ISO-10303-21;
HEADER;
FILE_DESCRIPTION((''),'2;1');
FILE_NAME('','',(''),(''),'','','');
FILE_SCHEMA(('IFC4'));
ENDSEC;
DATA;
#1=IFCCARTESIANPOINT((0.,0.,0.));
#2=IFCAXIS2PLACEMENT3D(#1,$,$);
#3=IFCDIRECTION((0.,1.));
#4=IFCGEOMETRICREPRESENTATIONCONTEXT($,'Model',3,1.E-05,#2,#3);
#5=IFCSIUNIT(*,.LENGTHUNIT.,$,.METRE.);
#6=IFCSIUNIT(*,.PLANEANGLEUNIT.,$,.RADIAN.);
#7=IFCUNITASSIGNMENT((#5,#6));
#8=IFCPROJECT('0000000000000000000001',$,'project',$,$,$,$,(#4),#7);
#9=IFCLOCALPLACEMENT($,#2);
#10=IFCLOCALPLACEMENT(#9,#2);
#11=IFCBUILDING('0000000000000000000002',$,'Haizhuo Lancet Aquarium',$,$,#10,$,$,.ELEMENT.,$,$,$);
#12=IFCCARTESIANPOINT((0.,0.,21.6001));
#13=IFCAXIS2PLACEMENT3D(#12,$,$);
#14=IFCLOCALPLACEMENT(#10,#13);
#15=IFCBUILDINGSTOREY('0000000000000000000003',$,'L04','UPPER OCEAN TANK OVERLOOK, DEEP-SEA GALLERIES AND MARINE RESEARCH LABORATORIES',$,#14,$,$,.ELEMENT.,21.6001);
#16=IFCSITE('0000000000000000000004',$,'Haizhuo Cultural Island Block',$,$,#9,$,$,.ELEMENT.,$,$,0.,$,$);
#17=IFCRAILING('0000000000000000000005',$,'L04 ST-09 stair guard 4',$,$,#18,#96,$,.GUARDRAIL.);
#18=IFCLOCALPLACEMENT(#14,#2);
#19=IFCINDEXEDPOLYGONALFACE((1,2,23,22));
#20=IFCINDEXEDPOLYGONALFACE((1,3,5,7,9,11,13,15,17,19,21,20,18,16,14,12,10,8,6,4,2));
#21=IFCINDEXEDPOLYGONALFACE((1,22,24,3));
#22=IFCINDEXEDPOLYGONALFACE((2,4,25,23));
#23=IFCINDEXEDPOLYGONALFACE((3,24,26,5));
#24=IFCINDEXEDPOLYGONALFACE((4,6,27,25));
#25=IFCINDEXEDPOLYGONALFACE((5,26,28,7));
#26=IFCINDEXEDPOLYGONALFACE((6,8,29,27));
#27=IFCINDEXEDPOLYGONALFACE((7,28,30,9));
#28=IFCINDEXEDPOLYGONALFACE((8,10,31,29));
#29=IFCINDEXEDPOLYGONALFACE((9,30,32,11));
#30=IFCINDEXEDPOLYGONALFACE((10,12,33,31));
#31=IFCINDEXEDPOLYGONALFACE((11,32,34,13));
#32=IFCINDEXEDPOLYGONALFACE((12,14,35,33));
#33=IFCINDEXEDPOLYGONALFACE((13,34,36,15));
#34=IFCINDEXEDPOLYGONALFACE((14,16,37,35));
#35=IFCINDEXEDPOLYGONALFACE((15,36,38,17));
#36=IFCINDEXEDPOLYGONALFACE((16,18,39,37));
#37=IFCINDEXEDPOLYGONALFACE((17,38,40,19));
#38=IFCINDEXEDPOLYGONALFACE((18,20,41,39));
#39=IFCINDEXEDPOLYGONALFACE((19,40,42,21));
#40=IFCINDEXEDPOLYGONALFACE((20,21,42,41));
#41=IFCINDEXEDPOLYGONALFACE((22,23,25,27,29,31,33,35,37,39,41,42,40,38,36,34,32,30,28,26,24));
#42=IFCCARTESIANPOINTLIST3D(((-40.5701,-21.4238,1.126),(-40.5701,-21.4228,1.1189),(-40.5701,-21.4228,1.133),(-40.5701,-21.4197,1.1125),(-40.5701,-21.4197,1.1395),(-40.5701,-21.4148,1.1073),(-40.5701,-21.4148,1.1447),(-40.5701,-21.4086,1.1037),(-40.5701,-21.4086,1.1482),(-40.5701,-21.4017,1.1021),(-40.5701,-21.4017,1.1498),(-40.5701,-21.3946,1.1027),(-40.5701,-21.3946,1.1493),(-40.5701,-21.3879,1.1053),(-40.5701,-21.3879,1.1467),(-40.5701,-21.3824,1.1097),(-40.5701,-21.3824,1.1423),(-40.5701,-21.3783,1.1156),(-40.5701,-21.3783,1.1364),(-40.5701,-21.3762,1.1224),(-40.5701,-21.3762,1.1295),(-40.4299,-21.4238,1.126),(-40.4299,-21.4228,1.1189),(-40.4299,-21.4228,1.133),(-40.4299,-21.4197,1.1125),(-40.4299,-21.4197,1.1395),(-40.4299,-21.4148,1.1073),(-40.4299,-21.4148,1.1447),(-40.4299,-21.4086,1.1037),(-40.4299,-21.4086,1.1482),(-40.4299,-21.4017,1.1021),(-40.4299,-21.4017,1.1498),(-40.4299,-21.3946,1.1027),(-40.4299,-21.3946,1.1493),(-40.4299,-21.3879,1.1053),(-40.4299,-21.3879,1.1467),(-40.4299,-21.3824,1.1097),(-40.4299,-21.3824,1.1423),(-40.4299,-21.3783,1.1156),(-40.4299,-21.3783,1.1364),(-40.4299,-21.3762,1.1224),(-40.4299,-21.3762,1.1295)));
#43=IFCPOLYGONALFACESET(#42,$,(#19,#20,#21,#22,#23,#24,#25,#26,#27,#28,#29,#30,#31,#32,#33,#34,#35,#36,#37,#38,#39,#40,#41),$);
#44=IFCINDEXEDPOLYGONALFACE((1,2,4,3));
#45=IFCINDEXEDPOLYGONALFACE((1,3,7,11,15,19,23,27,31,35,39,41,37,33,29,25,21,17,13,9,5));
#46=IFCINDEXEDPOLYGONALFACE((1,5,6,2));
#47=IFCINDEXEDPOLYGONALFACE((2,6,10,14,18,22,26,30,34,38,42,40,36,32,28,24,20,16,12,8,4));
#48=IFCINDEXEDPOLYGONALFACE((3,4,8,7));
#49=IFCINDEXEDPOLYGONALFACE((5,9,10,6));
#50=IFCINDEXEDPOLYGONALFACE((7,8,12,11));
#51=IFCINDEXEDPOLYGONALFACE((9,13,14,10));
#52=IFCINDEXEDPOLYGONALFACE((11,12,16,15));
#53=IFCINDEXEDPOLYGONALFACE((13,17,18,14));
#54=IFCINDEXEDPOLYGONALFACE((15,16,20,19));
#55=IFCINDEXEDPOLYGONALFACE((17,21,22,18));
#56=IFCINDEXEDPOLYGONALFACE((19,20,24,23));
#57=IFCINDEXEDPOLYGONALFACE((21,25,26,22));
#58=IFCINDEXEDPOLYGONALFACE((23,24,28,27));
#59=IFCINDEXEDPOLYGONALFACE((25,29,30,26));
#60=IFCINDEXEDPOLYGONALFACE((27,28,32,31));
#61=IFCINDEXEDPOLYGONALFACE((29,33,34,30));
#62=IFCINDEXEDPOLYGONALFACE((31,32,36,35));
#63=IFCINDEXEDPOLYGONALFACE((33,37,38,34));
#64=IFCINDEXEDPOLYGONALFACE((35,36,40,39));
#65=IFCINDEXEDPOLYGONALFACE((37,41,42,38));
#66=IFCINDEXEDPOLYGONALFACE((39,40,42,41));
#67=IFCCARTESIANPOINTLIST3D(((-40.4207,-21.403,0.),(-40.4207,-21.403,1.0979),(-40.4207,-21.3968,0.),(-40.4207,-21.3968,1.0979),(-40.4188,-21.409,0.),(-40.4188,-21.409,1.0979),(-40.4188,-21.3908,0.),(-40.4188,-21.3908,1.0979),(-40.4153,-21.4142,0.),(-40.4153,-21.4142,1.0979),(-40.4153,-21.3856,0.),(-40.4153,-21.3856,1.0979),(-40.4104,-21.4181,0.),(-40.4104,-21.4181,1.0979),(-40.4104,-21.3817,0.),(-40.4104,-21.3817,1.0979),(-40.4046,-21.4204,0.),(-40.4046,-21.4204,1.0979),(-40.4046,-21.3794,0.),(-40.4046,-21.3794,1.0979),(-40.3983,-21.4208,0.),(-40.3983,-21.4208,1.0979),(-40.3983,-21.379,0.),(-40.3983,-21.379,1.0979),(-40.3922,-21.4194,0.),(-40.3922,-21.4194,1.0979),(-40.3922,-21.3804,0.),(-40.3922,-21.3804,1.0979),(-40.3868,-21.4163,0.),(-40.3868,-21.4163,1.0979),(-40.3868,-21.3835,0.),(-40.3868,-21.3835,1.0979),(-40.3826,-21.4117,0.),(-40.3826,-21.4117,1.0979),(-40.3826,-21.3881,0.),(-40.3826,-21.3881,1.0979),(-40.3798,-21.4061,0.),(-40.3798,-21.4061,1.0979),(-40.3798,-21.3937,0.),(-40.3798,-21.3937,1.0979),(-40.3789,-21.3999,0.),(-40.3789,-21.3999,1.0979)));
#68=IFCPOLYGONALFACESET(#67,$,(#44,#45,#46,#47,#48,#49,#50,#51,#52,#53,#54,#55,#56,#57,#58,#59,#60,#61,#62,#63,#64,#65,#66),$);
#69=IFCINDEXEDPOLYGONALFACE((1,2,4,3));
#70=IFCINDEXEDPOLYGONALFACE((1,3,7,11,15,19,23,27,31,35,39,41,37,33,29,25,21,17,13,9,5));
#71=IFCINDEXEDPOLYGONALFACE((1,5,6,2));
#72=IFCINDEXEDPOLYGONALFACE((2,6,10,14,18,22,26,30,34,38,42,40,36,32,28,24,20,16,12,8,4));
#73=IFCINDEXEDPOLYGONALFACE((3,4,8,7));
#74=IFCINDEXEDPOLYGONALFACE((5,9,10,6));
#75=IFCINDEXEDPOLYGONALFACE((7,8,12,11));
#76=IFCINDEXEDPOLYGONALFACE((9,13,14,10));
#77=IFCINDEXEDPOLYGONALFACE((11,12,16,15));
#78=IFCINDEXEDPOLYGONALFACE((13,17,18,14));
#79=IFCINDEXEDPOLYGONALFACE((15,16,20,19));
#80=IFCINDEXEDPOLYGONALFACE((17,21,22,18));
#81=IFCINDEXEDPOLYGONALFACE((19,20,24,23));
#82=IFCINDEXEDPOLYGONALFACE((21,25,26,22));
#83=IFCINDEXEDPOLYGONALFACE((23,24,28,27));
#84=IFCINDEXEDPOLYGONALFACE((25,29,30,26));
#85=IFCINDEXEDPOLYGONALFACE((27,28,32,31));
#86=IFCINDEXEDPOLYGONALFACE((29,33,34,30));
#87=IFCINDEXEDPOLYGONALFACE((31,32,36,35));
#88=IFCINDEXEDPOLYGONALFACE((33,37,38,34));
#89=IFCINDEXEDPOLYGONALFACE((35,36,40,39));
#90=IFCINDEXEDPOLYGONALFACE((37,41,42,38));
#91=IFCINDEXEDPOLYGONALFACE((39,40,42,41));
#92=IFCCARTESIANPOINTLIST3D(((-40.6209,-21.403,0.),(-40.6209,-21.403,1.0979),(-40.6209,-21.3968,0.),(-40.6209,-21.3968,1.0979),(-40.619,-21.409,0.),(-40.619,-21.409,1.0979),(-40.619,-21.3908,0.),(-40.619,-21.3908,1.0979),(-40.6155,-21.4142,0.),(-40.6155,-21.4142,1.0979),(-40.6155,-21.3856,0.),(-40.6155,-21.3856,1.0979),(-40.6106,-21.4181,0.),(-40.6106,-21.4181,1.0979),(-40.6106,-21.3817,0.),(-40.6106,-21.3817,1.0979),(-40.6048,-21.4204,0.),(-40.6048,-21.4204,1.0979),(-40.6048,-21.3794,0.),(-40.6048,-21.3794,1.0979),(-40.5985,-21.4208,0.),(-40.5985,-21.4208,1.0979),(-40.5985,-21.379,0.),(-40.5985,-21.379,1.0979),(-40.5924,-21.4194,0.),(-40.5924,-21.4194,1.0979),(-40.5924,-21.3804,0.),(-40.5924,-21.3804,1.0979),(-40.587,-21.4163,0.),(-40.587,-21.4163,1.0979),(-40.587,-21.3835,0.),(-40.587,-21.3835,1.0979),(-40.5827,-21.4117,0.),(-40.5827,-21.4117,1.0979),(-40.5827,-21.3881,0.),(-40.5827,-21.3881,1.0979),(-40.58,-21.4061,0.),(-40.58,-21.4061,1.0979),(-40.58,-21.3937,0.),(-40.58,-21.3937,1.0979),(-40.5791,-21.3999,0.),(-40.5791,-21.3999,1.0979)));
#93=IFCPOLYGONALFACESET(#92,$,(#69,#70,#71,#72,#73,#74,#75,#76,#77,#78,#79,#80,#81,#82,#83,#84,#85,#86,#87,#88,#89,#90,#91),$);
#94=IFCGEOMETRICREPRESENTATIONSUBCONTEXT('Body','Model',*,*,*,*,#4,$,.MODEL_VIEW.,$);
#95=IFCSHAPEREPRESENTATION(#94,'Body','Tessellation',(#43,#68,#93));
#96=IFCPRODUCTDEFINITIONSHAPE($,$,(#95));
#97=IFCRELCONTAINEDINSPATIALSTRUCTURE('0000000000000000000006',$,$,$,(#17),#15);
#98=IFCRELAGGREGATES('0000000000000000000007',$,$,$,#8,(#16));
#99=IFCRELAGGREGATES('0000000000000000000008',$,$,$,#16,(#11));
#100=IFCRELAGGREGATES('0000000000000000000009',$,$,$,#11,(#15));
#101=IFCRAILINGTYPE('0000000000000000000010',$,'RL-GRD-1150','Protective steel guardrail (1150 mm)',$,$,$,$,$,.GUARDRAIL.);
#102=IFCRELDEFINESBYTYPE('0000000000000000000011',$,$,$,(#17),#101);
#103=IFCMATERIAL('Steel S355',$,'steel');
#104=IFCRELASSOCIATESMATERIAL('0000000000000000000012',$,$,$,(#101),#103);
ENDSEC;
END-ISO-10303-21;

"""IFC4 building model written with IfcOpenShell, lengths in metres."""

from ifc_helpers import new_model, si_unit, direction, frame, origin, origin_2d, place, context, subcontext, project, spatial, circle, extrude, material, type_object, element, save


model = new_model("IFC4")

# Units and contexts
model_context = context("Model", 3, precision=1e-05, world=origin(), true_north=direction((0.0, 1.0)))
body_context = subcontext(model_context, "Body", "Model", "MODEL_VIEW")
ifc_project = project(units=[si_unit("LENGTHUNIT", "METRE"), si_unit("PLANEANGLEUNIT", "RADIAN")], contexts=[model_context])

# Site, building, storey
site_placement = place(None, origin())
site = spatial("IfcSite", under=ifc_project, at=site_placement, Name="Haizhuo Cultural Island Block", CompositionType="ELEMENT", RefElevation=0.0)
building_placement = place(site_placement, origin())
building = spatial("IfcBuilding", under=site, at=building_placement, Name="Haizhuo Lancet Aquarium", CompositionType="ELEMENT")
storey_placement = place(building_placement, frame((0.0, 0.0, 21.6001)))
storey = spatial("IfcBuildingStorey", under=building, at=storey_placement, Name="L04", Description="UPPER OCEAN TANK OVERLOOK, DEEP-SEA GALLERIES AND MARINE RESEARCH LABORATORIES", CompositionType="ELEMENT", Elevation=21.6001)

# Shared definitions
ifc_material_1 = material(Name="Steel S355", Category="steel")

# Railing
railing_type_1 = type_object("IfcRailingType", Name="RL-GRD-1150", Description="Protective steel guardrail (1150 mm)", PredefinedType="GUARDRAIL", material=ifc_material_1)
railing_1_placement = place(storey_placement, frame((-40.3999, -21.3999, 0.0)))
element("IfcRailing", 1, at=railing_1_placement, inside=storey, type_object=railing_type_1, Name="L04 ST-09 stair guard 4", PredefinedType="GUARDRAIL", context=body_context, shape_type="SweptSolid", body=[
    extrude(circle(Radius=0.0239, at=origin_2d()), frame((-0.03, 0.0, 1.126), z_axis=(-1.0, 0.0, 0.0), x_axis=(0.0, -1.0, 0.0)), (0.0, 0.0, 1.0), 0.1401),
    extrude(circle(Radius=0.021, at=origin_2d()), origin(), (0.0, 0.0, 1.0), 1.0979),
    extrude(circle(Radius=0.021, at=origin_2d()), frame((-0.2002, 0.0, 0.0)), (0.0, 0.0, 1.0), 1.0979),
])

save(model, "model.ifc")
